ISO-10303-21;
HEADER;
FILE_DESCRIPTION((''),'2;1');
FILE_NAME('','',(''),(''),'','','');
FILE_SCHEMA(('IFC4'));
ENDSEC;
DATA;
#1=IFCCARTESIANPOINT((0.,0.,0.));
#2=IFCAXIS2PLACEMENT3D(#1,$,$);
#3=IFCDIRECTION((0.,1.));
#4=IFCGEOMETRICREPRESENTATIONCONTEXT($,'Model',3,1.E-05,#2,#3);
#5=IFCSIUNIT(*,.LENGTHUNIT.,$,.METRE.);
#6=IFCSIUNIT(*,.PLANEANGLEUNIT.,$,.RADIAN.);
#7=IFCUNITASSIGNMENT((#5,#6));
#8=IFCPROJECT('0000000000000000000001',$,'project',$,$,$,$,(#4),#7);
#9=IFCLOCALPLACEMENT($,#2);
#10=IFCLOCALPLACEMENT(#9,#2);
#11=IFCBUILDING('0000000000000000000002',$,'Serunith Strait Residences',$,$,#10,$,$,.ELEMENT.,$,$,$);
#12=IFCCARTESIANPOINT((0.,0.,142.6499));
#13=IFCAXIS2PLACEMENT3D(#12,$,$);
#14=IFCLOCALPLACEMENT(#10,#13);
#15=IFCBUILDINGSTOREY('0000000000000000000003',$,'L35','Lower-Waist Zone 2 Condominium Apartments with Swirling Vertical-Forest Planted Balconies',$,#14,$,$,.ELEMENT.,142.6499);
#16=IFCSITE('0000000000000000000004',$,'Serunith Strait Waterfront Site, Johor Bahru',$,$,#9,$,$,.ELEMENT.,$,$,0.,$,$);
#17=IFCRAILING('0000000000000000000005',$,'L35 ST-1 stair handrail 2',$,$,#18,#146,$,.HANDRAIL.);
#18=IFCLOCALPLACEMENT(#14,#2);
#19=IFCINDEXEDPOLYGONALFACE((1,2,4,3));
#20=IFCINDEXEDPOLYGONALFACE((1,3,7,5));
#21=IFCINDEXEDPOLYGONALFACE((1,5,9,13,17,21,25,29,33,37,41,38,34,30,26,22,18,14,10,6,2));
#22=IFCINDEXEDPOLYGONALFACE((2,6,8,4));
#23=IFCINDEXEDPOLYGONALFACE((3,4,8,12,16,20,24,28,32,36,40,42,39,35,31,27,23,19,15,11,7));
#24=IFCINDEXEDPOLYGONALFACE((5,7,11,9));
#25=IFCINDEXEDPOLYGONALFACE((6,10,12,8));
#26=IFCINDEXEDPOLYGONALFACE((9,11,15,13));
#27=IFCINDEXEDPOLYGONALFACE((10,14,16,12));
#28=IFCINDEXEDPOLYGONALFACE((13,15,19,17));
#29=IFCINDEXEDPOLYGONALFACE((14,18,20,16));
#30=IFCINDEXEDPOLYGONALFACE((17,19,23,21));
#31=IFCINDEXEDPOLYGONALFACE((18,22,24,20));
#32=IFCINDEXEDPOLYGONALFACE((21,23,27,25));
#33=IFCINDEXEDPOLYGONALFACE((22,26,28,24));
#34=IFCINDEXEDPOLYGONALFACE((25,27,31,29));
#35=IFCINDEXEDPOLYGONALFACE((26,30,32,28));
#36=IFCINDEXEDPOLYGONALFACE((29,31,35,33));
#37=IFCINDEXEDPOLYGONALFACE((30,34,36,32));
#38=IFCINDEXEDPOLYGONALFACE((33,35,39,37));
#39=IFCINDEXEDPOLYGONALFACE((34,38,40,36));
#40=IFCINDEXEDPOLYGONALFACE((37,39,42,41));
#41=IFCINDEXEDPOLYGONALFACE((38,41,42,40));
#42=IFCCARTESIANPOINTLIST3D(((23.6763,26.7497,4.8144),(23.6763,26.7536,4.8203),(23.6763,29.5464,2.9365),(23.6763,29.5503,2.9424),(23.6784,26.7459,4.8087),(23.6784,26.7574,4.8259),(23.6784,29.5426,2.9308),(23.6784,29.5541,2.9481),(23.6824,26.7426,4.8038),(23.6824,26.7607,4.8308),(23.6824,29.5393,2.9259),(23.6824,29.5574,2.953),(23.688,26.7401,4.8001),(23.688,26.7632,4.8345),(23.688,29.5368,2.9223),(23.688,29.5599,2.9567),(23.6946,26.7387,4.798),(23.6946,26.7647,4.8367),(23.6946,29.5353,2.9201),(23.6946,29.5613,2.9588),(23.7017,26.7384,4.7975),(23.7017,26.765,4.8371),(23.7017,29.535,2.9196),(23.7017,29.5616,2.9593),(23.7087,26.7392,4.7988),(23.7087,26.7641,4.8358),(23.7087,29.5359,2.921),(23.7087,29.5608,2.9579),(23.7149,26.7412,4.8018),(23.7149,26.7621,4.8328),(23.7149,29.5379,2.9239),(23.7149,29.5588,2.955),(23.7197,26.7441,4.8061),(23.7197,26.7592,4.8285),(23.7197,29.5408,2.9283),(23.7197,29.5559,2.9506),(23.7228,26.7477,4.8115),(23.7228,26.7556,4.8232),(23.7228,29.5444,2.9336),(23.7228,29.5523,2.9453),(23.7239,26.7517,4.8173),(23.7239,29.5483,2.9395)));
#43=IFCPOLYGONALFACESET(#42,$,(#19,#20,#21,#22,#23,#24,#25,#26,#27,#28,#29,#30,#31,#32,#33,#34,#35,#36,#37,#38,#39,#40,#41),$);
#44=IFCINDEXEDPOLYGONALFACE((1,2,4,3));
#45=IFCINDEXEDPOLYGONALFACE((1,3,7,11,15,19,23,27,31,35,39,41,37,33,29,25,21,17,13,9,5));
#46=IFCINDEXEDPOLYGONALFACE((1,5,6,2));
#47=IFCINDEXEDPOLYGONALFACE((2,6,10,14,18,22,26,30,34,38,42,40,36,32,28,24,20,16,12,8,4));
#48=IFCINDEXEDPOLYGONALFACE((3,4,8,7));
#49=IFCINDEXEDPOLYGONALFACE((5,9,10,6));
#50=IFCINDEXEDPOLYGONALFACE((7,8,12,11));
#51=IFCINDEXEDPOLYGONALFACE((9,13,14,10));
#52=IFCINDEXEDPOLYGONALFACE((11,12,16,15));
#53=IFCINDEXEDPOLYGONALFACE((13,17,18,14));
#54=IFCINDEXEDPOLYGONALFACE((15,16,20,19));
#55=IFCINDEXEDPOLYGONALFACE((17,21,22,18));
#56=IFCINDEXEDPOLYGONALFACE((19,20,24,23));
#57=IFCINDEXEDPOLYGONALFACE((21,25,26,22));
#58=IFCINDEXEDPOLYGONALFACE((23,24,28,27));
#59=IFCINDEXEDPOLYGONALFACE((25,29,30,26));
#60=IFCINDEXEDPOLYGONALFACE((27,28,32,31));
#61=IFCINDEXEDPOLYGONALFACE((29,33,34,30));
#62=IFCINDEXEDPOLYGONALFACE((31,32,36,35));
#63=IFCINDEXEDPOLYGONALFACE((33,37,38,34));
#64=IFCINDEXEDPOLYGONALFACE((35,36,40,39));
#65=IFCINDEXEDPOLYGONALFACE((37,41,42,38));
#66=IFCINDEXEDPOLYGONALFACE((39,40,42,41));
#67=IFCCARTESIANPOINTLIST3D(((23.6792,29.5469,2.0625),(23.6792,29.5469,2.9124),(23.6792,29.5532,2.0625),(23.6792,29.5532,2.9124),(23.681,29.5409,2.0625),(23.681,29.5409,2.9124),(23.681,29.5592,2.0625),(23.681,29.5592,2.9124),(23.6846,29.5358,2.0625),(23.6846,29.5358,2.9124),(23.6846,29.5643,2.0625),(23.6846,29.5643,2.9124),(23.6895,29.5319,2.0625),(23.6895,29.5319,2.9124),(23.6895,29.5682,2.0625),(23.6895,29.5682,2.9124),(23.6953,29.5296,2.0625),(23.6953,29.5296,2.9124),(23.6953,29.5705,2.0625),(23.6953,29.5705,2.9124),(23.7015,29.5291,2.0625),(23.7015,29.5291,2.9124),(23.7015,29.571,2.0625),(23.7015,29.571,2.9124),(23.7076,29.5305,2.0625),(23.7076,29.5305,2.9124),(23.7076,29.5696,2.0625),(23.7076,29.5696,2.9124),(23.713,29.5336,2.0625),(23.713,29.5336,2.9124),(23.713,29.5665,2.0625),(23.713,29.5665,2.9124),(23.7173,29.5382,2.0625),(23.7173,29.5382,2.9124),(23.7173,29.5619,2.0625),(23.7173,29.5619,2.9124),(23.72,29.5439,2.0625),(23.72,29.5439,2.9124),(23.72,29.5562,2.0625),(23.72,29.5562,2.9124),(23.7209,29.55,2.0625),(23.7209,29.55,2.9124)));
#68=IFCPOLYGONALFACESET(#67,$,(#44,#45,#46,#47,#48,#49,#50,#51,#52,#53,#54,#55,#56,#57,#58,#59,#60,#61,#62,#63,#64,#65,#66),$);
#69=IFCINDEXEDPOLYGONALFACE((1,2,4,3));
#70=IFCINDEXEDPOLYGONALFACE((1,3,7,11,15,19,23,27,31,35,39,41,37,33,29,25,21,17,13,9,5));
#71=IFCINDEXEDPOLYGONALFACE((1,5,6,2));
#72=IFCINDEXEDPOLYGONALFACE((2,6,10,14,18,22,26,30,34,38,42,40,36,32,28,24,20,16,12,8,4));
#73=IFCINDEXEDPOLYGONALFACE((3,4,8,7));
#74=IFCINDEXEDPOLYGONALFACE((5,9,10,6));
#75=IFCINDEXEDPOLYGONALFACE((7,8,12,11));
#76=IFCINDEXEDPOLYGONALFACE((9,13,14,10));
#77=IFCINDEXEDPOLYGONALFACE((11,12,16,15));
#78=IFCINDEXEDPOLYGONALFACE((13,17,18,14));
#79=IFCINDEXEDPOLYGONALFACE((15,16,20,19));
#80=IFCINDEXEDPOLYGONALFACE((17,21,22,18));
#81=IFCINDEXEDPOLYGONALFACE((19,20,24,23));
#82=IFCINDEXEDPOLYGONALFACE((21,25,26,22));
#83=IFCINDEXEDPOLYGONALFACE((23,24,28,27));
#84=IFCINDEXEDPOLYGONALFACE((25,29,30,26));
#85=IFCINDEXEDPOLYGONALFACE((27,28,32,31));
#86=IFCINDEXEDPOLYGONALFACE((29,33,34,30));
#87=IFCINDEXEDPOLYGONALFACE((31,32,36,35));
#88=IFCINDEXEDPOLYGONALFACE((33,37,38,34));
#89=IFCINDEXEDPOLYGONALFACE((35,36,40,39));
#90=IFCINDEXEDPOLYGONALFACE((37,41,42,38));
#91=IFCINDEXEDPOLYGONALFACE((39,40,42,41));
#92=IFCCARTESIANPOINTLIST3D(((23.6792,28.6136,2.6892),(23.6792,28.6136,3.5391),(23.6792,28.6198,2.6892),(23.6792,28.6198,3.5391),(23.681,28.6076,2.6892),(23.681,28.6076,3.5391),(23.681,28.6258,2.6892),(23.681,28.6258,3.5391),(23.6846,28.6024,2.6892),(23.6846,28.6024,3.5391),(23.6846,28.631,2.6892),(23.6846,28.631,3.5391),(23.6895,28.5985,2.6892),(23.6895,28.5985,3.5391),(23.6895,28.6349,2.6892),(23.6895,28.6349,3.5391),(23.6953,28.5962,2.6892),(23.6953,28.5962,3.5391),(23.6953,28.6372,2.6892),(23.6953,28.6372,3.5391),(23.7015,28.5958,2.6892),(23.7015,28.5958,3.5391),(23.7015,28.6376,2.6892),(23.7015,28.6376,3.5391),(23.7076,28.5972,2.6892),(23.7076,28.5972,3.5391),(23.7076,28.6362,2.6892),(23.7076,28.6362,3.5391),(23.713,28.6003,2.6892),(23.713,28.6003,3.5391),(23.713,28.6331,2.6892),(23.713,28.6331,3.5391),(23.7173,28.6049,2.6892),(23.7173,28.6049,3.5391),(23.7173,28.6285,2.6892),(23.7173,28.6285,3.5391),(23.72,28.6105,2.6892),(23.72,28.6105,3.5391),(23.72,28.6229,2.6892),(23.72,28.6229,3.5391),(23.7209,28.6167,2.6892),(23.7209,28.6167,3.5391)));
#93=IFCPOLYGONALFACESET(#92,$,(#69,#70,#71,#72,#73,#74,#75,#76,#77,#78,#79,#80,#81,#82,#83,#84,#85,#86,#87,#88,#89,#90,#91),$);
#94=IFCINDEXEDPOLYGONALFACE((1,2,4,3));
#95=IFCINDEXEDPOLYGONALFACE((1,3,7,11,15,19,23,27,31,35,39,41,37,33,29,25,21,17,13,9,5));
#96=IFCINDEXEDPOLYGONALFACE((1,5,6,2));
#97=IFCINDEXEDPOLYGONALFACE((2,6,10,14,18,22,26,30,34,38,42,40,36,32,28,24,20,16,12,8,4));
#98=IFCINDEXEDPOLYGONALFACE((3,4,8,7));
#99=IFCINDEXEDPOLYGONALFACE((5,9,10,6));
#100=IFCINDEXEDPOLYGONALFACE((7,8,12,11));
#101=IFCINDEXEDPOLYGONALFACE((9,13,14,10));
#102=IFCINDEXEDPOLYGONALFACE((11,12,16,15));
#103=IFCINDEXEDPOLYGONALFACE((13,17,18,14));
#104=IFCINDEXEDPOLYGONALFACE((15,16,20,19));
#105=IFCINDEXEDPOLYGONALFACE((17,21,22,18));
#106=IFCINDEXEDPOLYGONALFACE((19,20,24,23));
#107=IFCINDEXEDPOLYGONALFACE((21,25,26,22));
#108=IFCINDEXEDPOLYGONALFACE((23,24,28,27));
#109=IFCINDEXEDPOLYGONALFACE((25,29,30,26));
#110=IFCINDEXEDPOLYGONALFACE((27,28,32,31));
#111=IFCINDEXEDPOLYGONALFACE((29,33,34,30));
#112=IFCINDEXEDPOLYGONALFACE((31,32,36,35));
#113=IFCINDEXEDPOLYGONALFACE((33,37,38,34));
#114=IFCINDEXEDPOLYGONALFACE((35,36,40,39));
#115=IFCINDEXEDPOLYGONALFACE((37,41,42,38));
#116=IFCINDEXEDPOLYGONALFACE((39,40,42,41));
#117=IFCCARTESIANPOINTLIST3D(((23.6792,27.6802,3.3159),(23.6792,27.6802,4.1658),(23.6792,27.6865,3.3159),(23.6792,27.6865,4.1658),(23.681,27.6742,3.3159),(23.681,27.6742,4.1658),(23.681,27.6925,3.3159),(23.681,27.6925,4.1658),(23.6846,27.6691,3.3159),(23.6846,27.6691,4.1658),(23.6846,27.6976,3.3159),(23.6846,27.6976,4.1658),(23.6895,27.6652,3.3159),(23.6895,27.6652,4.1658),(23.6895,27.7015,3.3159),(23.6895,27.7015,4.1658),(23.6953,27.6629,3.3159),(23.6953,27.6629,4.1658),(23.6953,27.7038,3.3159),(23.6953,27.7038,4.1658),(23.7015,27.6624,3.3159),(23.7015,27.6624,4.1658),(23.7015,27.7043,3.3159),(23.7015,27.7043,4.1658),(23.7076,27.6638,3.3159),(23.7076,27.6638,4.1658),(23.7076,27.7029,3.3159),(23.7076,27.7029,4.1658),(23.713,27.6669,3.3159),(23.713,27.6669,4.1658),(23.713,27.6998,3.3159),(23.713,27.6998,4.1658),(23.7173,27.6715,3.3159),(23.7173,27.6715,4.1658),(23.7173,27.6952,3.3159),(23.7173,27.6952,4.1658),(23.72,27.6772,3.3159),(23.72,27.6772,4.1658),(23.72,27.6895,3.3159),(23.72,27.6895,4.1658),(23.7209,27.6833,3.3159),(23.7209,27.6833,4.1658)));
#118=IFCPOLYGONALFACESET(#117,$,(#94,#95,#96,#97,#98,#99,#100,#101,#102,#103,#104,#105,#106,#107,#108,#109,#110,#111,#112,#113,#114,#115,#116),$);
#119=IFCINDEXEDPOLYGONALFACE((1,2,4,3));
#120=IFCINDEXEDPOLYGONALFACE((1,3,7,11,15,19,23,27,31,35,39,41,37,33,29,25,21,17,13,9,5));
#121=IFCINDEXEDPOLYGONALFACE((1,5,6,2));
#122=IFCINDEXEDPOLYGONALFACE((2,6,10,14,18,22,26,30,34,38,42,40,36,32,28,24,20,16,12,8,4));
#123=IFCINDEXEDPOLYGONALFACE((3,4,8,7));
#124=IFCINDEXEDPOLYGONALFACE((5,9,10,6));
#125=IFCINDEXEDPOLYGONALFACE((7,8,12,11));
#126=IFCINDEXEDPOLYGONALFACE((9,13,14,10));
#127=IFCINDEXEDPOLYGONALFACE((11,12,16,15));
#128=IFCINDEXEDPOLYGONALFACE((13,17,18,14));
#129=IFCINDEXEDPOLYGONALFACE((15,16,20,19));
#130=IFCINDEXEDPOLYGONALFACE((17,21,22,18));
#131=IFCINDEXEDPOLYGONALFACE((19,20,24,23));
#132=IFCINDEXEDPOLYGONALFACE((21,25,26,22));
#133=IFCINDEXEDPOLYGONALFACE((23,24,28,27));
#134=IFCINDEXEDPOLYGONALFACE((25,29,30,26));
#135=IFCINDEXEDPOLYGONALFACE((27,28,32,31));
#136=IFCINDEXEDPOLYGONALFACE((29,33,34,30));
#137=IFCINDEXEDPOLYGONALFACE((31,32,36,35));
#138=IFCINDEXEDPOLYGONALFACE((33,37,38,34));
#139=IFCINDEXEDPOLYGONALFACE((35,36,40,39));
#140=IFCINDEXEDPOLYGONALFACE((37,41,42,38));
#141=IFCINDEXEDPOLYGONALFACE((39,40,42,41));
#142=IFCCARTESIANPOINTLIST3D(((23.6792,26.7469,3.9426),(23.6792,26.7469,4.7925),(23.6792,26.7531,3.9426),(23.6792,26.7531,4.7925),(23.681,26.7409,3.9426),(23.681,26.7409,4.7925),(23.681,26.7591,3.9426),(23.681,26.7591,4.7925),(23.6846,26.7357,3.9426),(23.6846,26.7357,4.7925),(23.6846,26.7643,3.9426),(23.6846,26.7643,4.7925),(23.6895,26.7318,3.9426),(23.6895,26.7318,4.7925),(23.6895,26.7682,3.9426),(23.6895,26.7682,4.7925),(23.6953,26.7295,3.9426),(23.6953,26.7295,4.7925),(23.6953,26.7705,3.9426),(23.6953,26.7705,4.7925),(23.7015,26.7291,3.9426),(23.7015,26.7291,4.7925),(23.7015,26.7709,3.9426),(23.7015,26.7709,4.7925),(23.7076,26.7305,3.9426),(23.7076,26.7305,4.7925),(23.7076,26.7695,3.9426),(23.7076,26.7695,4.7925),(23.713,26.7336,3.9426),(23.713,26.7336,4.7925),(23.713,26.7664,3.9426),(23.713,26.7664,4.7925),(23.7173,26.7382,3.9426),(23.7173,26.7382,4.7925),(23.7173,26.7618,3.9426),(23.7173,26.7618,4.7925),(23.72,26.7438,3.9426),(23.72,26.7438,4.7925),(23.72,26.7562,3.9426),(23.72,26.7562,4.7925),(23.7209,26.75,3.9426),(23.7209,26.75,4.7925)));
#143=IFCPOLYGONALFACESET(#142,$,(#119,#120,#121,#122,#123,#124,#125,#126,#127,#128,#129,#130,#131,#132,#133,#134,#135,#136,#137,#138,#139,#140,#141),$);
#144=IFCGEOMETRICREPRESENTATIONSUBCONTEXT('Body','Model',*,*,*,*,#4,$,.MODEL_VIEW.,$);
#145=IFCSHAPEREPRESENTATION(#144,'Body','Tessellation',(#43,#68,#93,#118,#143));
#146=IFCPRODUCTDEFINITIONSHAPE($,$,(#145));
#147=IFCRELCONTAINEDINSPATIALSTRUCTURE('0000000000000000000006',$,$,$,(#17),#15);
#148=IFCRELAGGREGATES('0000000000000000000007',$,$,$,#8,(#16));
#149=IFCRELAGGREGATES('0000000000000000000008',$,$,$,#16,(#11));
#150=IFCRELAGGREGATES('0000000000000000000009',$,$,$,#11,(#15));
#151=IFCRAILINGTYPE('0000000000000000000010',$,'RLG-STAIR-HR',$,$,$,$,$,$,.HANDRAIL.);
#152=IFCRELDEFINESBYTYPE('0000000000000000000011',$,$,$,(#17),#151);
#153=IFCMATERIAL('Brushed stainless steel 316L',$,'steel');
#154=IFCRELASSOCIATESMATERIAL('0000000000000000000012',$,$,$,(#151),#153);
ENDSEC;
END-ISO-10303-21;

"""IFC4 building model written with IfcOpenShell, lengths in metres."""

from ifc_helpers import new_model, si_unit, direction, frame, origin, origin_2d, place, context, subcontext, project, spatial, circle, extrude, material, type_object, element, save


model = new_model("IFC4")

# Units and contexts
model_context = context("Model", 3, precision=1e-05, world=origin(), true_north=direction((0.0, 1.0)))
body_context = subcontext(model_context, "Body", "Model", "MODEL_VIEW")
ifc_project = project(units=[si_unit("LENGTHUNIT", "METRE"), si_unit("PLANEANGLEUNIT", "RADIAN")], contexts=[model_context])

# Site, building, storey
site_placement = place(None, origin())
site = spatial("IfcSite", under=ifc_project, at=site_placement, Name="Serunith Strait Waterfront Site, Johor Bahru", CompositionType="ELEMENT", RefElevation=0.0)
building_placement = place(site_placement, origin())
building = spatial("IfcBuilding", under=site, at=building_placement, Name="Serunith Strait Residences", CompositionType="ELEMENT")
storey_placement = place(building_placement, frame((0.0, 0.0, 142.6499)))
storey = spatial("IfcBuildingStorey", under=building, at=storey_placement, Name="L35", Description="Lower-Waist Zone 2 Condominium Apartments with Swirling Vertical-Forest Planted Balconies", CompositionType="ELEMENT", Elevation=142.6499)

# Railing
ifc_material_1 = material(Name="Brushed stainless steel 316L", Category="steel")
railing_type_1 = type_object("IfcRailingType", Name="RLG-STAIR-HR", PredefinedType="HANDRAIL", material=ifc_material_1)
railing_1_placement = place(storey_placement, frame((23.7, 29.55, 2.0625)))
element("IfcRailing", 1, at=railing_1_placement, inside=storey, type_object=railing_type_1, Name="L35 ST-1 stair handrail 2", PredefinedType="HANDRAIL", context=body_context, shape_type="SweptSolid", body=[
    extrude(circle(Radius=0.0239, at=origin_2d()), frame((0.0, -0.0017, 0.877), z_axis=(0.0, -0.830208, 0.557453), x_axis=(1.0, 0.0, 0.0)), (0.0, 0.0, 1.0), 3.3687),
    extrude(circle(Radius=0.021, at=origin_2d()), origin(), (0.0, 0.0, 1.0), 0.8499),
    extrude(circle(Radius=0.021, at=origin_2d()), frame((0.0, -0.9333, 0.6267)), (0.0, 0.0, 1.0), 0.8499),
    extrude(circle(Radius=0.021, at=origin_2d()), frame((0.0, -1.8667, 1.2534)), (0.0, 0.0, 1.0), 0.8499),
    extrude(circle(Radius=0.021, at=origin_2d()), frame((0.0, -2.8, 1.8801)), (0.0, 0.0, 1.0), 0.8499),
])

save(model, "model.ifc")
